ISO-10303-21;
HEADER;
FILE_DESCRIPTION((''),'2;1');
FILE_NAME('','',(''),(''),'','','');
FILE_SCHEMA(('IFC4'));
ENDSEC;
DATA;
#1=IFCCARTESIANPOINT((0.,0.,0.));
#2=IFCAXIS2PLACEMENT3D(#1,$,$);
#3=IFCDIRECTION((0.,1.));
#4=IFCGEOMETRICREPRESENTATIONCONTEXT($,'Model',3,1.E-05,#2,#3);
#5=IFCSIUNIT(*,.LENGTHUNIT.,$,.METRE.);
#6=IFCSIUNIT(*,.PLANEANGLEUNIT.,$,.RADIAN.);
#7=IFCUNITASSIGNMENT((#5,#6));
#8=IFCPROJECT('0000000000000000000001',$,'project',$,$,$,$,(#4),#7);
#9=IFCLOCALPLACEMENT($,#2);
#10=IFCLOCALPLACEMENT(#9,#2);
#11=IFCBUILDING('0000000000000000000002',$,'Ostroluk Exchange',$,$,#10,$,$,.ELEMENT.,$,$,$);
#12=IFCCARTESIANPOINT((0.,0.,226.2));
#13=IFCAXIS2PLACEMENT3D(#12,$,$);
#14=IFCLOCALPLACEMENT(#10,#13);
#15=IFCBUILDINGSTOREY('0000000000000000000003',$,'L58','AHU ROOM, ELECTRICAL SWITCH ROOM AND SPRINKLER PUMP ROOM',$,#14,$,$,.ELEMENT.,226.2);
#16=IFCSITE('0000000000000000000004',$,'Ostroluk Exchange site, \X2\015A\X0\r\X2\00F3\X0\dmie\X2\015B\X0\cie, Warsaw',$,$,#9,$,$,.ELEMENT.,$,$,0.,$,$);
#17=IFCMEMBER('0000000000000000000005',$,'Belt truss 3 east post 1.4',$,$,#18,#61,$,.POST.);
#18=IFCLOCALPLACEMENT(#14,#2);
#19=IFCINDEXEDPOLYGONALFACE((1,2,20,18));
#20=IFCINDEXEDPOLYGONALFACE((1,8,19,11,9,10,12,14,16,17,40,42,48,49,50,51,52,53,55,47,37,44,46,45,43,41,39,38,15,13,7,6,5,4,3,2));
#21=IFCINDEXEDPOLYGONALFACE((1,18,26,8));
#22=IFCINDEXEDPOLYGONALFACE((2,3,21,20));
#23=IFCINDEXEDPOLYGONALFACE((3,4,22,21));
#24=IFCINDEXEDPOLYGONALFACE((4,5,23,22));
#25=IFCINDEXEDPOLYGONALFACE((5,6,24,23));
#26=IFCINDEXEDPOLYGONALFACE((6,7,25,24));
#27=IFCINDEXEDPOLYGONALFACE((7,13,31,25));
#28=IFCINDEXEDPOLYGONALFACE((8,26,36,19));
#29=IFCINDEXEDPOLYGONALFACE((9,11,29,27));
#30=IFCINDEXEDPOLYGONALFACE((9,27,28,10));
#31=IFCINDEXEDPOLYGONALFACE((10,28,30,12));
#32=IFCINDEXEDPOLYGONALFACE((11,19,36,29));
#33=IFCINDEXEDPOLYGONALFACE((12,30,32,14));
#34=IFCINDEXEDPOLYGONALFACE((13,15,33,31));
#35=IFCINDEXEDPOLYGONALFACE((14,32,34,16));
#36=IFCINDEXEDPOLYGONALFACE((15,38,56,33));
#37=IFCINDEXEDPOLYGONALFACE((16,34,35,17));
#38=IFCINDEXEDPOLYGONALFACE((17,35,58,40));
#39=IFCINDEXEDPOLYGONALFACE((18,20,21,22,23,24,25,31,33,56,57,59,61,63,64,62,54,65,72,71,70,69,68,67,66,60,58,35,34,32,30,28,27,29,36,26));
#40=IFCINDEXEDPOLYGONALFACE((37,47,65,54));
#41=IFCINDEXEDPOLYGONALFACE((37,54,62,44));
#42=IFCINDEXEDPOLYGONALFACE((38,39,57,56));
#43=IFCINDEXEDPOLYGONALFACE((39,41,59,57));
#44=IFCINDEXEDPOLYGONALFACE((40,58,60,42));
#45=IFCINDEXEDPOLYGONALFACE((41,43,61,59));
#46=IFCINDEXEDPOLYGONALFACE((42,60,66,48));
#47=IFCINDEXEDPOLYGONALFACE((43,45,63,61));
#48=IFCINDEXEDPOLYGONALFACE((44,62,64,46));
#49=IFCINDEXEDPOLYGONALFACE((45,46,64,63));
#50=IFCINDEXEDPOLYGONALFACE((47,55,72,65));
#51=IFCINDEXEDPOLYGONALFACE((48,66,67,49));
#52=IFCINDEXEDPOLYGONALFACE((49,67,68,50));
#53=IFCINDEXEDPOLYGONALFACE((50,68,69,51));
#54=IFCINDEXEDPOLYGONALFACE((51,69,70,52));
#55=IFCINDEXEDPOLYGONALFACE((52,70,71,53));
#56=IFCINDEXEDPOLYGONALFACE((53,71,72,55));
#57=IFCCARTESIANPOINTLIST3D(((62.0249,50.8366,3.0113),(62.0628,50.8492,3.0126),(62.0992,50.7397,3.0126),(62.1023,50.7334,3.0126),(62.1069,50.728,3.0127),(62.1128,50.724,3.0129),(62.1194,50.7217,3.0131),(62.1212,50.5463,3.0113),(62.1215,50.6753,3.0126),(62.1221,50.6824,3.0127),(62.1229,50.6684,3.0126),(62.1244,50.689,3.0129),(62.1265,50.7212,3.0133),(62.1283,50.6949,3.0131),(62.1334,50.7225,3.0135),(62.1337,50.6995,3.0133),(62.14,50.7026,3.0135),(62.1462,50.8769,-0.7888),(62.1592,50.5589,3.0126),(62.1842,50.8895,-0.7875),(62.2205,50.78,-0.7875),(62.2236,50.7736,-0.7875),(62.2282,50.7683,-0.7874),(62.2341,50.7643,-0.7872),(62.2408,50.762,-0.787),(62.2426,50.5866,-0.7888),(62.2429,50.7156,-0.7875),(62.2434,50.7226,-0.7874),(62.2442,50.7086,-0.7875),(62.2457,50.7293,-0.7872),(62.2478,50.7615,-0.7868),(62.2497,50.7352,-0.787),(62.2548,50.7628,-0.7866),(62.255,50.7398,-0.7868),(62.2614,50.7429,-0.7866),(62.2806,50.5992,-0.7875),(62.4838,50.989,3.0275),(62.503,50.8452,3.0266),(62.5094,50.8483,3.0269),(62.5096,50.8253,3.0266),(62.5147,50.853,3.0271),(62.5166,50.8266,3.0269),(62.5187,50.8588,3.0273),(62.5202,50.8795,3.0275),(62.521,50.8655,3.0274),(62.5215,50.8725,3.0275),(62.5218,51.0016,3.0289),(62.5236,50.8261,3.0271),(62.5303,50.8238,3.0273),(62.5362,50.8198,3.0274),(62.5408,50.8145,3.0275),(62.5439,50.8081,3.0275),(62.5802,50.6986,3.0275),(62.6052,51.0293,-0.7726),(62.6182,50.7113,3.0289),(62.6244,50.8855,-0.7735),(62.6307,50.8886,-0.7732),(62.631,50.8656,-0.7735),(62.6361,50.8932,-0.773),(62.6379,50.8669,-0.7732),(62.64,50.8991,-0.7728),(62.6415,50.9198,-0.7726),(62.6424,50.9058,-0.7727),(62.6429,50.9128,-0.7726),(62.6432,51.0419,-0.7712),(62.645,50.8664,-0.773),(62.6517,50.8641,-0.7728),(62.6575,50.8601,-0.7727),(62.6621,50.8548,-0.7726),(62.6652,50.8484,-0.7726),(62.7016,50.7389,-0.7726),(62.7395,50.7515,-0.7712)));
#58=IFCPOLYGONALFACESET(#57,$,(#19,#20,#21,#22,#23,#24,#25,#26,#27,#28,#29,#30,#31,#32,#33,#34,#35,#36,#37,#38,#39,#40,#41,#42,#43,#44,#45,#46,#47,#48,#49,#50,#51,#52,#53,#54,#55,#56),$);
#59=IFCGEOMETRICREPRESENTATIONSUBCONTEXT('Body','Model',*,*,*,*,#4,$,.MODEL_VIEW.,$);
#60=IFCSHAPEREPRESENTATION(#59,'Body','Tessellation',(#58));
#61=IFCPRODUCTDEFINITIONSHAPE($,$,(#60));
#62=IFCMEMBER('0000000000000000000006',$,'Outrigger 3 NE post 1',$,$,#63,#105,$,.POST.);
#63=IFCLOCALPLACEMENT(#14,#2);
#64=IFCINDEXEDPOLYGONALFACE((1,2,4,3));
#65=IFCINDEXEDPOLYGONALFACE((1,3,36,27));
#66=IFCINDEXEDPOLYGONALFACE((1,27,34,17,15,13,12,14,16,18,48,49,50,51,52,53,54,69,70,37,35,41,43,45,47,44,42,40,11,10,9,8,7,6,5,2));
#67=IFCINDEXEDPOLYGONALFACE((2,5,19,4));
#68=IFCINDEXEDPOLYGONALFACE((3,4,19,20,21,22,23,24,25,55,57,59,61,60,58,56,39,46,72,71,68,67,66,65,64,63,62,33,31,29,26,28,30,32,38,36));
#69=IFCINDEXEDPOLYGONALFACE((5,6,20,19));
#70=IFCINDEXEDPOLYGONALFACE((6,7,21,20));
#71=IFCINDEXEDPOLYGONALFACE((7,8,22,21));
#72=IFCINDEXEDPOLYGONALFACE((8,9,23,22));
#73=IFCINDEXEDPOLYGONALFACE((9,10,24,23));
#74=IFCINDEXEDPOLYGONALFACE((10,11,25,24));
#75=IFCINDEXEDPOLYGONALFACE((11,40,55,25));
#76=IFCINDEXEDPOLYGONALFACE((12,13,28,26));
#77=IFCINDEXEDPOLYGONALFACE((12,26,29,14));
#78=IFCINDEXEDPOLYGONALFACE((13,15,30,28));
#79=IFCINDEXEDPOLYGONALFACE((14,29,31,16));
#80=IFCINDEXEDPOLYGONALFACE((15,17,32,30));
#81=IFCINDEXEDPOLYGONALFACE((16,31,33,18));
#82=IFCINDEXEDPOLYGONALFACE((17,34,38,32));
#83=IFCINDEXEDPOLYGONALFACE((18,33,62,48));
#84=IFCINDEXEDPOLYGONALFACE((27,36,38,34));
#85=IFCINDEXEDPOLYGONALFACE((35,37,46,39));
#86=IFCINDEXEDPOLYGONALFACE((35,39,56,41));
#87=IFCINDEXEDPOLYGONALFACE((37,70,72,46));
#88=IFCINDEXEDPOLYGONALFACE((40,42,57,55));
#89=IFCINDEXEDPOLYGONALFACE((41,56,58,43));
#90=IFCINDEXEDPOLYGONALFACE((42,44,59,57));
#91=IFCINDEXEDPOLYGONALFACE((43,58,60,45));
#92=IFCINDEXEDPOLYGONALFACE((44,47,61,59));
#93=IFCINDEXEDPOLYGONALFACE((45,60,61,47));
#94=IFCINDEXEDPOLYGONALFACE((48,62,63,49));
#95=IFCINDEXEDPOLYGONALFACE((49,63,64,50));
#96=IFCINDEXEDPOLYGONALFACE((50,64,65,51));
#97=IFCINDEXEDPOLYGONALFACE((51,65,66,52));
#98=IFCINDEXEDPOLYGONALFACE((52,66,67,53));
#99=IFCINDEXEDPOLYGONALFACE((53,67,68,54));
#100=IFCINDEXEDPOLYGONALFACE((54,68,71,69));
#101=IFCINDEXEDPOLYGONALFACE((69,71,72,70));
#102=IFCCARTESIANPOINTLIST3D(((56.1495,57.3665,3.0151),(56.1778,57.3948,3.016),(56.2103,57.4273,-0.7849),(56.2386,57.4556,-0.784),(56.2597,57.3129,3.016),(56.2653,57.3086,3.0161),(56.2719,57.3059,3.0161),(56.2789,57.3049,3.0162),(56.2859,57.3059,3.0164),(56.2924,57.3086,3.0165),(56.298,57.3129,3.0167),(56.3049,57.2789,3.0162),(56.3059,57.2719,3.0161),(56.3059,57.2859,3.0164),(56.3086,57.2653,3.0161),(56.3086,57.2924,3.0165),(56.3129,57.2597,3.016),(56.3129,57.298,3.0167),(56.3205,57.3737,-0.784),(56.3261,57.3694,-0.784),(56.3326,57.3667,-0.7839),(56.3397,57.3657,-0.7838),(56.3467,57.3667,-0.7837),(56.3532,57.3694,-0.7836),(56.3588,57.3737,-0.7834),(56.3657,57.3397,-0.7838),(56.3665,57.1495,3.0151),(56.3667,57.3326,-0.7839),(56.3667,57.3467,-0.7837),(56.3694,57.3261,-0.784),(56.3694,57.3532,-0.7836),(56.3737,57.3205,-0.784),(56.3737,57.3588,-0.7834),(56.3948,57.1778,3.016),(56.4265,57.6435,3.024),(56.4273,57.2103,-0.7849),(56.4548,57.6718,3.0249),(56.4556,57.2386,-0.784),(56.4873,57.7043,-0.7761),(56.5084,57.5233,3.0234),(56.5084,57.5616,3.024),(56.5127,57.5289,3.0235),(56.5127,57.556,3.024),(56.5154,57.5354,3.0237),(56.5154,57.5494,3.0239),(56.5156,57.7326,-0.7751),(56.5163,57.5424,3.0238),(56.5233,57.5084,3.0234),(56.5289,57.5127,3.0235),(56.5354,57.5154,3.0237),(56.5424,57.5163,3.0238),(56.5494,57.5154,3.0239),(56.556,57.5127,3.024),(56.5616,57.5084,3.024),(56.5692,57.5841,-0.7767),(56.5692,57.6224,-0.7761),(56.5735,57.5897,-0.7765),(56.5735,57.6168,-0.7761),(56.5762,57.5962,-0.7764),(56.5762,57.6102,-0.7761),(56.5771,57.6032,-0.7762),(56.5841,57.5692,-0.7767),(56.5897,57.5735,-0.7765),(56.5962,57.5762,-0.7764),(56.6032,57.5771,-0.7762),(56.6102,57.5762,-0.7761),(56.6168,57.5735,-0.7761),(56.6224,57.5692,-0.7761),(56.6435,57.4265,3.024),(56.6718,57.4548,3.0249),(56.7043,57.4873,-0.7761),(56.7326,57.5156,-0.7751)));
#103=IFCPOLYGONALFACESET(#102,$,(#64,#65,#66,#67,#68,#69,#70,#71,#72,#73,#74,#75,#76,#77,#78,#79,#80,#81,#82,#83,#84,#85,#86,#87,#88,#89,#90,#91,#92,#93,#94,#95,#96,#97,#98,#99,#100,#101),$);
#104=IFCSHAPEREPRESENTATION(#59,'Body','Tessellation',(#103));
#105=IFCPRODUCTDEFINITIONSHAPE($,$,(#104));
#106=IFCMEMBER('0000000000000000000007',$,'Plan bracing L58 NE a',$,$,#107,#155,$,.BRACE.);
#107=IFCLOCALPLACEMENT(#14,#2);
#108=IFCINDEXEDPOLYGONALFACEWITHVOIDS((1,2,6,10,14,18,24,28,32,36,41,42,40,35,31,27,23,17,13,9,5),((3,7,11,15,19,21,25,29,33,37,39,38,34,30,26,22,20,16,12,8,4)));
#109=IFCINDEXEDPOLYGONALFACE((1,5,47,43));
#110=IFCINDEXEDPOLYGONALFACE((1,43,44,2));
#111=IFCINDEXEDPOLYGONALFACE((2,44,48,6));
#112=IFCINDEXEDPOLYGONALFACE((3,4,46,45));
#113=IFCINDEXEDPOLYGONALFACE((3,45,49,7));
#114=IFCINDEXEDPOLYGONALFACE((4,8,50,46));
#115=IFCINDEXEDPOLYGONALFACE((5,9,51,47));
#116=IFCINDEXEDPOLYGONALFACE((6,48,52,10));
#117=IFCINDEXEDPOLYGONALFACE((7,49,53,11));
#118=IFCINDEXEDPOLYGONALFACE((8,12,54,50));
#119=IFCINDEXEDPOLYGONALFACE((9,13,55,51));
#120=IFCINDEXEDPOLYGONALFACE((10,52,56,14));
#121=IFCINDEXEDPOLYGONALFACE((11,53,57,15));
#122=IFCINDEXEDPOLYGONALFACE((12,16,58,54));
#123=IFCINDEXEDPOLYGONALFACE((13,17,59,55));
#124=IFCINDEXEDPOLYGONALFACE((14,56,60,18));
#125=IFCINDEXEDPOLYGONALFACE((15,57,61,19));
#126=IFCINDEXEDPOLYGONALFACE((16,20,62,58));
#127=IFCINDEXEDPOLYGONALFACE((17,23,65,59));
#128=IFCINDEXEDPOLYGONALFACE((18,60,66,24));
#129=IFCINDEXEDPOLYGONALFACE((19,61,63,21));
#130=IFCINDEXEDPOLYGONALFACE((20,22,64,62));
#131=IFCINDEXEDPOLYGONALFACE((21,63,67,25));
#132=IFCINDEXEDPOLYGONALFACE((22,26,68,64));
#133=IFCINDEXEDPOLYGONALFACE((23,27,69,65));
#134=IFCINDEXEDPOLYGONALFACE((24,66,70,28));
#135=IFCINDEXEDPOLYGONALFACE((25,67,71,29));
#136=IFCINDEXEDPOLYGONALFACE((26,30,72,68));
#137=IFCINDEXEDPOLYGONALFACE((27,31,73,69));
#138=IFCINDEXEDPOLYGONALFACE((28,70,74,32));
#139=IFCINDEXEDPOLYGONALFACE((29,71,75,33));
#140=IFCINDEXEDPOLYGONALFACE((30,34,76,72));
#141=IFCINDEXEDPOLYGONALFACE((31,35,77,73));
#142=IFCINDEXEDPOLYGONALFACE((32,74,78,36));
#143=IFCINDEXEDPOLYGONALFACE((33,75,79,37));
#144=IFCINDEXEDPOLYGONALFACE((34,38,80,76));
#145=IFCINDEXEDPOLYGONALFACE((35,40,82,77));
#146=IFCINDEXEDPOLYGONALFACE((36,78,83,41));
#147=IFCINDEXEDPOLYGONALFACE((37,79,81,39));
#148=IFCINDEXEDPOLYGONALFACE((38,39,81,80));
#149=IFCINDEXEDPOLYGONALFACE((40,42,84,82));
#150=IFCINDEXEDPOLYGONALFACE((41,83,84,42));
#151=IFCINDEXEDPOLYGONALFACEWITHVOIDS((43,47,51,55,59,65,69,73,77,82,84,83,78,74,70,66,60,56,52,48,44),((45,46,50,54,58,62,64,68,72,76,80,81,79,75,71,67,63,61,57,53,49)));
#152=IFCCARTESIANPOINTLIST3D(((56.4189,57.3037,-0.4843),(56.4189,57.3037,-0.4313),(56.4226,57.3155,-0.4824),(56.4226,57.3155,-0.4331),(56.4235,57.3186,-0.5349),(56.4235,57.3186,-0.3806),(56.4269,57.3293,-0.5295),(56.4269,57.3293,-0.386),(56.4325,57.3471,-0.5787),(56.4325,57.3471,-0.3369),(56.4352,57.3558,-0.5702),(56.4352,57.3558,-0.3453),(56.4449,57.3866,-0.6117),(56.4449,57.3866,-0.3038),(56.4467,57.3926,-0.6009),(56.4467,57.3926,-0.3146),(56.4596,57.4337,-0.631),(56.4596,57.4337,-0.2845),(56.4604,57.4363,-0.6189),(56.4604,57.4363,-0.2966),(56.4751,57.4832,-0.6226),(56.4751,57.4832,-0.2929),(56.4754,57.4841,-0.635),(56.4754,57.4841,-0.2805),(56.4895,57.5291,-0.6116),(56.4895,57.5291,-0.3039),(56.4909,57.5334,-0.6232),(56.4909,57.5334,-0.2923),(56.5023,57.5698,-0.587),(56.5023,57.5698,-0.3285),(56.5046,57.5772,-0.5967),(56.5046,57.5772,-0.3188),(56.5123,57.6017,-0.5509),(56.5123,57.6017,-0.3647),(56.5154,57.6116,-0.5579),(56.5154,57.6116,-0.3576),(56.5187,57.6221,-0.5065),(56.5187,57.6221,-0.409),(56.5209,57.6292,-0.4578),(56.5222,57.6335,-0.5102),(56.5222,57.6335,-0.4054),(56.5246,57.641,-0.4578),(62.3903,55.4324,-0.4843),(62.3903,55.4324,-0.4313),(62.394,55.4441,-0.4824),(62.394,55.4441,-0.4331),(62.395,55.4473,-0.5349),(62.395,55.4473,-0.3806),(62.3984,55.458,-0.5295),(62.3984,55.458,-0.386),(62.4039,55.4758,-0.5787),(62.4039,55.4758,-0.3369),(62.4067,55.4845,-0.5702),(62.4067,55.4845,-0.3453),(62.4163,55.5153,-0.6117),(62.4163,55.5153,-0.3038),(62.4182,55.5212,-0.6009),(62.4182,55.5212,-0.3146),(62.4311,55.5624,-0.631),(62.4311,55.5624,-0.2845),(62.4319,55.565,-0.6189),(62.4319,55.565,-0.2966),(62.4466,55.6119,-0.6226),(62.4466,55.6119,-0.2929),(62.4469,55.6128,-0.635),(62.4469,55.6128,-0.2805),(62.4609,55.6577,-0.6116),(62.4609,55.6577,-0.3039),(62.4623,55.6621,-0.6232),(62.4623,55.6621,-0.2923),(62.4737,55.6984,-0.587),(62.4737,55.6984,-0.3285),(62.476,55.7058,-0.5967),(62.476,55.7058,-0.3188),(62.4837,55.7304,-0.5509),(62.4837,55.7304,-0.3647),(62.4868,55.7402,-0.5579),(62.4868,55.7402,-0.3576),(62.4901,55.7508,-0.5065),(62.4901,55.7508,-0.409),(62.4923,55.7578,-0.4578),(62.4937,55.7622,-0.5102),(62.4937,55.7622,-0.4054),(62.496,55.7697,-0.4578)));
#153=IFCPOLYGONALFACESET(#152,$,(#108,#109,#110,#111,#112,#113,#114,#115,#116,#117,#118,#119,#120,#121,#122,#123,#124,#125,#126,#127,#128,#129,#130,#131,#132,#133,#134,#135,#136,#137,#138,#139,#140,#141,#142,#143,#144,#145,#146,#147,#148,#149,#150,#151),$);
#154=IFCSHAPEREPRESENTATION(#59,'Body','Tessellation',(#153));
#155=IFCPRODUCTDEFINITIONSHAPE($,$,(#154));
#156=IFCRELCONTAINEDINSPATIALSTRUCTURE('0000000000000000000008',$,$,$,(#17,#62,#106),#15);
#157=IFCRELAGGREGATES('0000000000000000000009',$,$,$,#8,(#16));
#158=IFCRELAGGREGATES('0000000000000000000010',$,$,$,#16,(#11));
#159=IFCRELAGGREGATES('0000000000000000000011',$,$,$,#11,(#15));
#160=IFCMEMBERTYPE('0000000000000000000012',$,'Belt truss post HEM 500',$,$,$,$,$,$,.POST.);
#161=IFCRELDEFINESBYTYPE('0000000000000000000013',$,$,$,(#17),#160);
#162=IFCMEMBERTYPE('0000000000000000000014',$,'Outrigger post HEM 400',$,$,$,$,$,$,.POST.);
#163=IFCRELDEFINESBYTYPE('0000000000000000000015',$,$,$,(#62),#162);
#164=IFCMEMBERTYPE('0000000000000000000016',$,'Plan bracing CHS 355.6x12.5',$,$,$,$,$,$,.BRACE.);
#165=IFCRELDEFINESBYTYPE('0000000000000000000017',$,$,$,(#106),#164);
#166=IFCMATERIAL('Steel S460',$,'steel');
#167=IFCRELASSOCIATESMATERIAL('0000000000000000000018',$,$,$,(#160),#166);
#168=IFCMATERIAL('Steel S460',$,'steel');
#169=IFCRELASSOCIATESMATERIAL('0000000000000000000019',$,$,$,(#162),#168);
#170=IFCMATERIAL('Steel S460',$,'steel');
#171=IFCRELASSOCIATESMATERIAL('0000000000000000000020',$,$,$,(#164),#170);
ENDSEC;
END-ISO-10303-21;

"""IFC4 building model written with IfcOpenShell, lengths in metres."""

from ifc_helpers import new_model, si_unit, direction, frame, origin, origin_2d, place, context, subcontext, project, spatial, hollow_circle, i_section, extrude, material, material_profile, profile_set, type_object, element, save


model = new_model("IFC4")

# Units and contexts
model_context = context("Model", 3, precision=1e-05, world=origin(), true_north=direction((0.0, 1.0)))
body_context = subcontext(model_context, "Body", "Model", "MODEL_VIEW")
ifc_project = project(units=[si_unit("LENGTHUNIT", "METRE"), si_unit("PLANEANGLEUNIT", "RADIAN")], contexts=[model_context])

# Site, building, storey
site_placement = place(None, origin())
site = spatial("IfcSite", under=ifc_project, at=site_placement, Name="Ostroluk Exchange site, Śródmieście, Warsaw", CompositionType="ELEMENT", RefElevation=0.0)
building_placement = place(site_placement, origin())
building = spatial("IfcBuilding", under=site, at=building_placement, Name="Ostroluk Exchange", CompositionType="ELEMENT")
storey_placement = place(building_placement, frame((0.0, 0.0, 226.2)))
storey = spatial("IfcBuildingStorey", under=building, at=storey_placement, Name="L58", Description="AHU ROOM, ELECTRICAL SWITCH ROOM AND SPRINKLER PUMP ROOM", CompositionType="ELEMENT", Elevation=226.2)

# Members
ifc_material_1 = material(Name="Steel S460", Category="steel")
ifc_material_profile_1 = material_profile(ifc_material_1, i_section(OverallWidth=0.3059, OverallDepth=0.5239, WebThickness=0.021, FlangeThickness=0.04, FilletRadius=0.0271, at=origin_2d()), Name="HEM 500")
ifc_profile_set_1 = profile_set([ifc_material_profile_1], Name="Steel S460")
member_type_1 = type_object("IfcMemberType", Name="Belt truss post HEM 500", PredefinedType="POST", material=ifc_profile_set_1)
member_1_placement = place(storey_placement, frame((62.4429, 50.8142, -0.78), z_axis=(-0.031913, -0.010595, 0.999435), x_axis=(0.315082, -0.949065, 0.0)))
element("IfcMember", 1, at=member_1_placement, inside=storey, type_object=member_type_1, Name="Belt truss 3 east post 1.4", PredefinedType="POST", context=body_context, shape_type="SweptSolid", body=[
    extrude(i_section(OverallWidth=0.3059, OverallDepth=0.5239, WebThickness=0.021, FlangeThickness=0.04, FilletRadius=0.0271, at=origin_2d()), origin(), (0.0, 0.0, 1.0), 3.8022),
])
ifc_material_2 = material(Name="Steel S460", Category="steel")
ifc_material_profile_2 = material_profile(ifc_material_2, i_section(OverallWidth=0.3069, OverallDepth=0.4319, WebThickness=0.021, FlangeThickness=0.04, FilletRadius=0.0271, at=origin_2d()), Name="HEM 400")
ifc_profile_set_2 = profile_set([ifc_material_profile_2], Name="Steel S460")
member_type_2 = type_object("IfcMemberType", Name="Outrigger post HEM 400", PredefinedType="POST", material=ifc_profile_set_2)
member_2_placement = place(storey_placement, frame((56.4714, 57.4714, -0.78), z_axis=(-0.015993, -0.015993, 0.999744), x_axis=(0.707107, -0.707107, 0.0)))
element("IfcMember", 2, at=member_2_placement, inside=storey, type_object=member_type_2, Name="Outrigger 3 NE post 1", PredefinedType="POST", context=body_context, shape_type="SweptSolid", body=[
    extrude(i_section(OverallWidth=0.3069, OverallDepth=0.4319, WebThickness=0.021, FlangeThickness=0.04, FilletRadius=0.0271, at=origin_2d()), origin(), (0.0, 0.0, 1.0), 3.801),
])
ifc_material_3 = material(Name="Steel S460", Category="steel")
ifc_material_profile_3 = material_profile(ifc_material_3, hollow_circle(Radius=0.1777, WallThickness=0.0125, at=origin_2d()), Name="CHS 355.6x12.5")
ifc_profile_set_3 = profile_set([ifc_material_profile_3], Name="Steel S460")
member_type_3 = type_object("IfcMemberType", Name="Plan bracing CHS 355.6x12.5", PredefinedType="BRACE", material=ifc_profile_set_3)
for number, where, z_axis, x_axis, name in (
    (3, (56.4714, 57.4714, -0.4578), (0.95424, -0.299041, 0.0), (0.299041, 0.95424, 0.0), "Plan bracing L58 NE a"),
):
    element("IfcMember", number, at=place(storey_placement, frame(where, z_axis=z_axis, x_axis=x_axis)), inside=storey, type_object=member_type_3, Name=name, PredefinedType="BRACE", context=body_context, shape_type="SweptSolid", body=[
        extrude(hollow_circle(Radius=0.1777, WallThickness=0.0125, at=origin_2d()), origin(), (0.0, 0.0, 1.0), 6.2578),
    ])

save(model, "model.ifc")
